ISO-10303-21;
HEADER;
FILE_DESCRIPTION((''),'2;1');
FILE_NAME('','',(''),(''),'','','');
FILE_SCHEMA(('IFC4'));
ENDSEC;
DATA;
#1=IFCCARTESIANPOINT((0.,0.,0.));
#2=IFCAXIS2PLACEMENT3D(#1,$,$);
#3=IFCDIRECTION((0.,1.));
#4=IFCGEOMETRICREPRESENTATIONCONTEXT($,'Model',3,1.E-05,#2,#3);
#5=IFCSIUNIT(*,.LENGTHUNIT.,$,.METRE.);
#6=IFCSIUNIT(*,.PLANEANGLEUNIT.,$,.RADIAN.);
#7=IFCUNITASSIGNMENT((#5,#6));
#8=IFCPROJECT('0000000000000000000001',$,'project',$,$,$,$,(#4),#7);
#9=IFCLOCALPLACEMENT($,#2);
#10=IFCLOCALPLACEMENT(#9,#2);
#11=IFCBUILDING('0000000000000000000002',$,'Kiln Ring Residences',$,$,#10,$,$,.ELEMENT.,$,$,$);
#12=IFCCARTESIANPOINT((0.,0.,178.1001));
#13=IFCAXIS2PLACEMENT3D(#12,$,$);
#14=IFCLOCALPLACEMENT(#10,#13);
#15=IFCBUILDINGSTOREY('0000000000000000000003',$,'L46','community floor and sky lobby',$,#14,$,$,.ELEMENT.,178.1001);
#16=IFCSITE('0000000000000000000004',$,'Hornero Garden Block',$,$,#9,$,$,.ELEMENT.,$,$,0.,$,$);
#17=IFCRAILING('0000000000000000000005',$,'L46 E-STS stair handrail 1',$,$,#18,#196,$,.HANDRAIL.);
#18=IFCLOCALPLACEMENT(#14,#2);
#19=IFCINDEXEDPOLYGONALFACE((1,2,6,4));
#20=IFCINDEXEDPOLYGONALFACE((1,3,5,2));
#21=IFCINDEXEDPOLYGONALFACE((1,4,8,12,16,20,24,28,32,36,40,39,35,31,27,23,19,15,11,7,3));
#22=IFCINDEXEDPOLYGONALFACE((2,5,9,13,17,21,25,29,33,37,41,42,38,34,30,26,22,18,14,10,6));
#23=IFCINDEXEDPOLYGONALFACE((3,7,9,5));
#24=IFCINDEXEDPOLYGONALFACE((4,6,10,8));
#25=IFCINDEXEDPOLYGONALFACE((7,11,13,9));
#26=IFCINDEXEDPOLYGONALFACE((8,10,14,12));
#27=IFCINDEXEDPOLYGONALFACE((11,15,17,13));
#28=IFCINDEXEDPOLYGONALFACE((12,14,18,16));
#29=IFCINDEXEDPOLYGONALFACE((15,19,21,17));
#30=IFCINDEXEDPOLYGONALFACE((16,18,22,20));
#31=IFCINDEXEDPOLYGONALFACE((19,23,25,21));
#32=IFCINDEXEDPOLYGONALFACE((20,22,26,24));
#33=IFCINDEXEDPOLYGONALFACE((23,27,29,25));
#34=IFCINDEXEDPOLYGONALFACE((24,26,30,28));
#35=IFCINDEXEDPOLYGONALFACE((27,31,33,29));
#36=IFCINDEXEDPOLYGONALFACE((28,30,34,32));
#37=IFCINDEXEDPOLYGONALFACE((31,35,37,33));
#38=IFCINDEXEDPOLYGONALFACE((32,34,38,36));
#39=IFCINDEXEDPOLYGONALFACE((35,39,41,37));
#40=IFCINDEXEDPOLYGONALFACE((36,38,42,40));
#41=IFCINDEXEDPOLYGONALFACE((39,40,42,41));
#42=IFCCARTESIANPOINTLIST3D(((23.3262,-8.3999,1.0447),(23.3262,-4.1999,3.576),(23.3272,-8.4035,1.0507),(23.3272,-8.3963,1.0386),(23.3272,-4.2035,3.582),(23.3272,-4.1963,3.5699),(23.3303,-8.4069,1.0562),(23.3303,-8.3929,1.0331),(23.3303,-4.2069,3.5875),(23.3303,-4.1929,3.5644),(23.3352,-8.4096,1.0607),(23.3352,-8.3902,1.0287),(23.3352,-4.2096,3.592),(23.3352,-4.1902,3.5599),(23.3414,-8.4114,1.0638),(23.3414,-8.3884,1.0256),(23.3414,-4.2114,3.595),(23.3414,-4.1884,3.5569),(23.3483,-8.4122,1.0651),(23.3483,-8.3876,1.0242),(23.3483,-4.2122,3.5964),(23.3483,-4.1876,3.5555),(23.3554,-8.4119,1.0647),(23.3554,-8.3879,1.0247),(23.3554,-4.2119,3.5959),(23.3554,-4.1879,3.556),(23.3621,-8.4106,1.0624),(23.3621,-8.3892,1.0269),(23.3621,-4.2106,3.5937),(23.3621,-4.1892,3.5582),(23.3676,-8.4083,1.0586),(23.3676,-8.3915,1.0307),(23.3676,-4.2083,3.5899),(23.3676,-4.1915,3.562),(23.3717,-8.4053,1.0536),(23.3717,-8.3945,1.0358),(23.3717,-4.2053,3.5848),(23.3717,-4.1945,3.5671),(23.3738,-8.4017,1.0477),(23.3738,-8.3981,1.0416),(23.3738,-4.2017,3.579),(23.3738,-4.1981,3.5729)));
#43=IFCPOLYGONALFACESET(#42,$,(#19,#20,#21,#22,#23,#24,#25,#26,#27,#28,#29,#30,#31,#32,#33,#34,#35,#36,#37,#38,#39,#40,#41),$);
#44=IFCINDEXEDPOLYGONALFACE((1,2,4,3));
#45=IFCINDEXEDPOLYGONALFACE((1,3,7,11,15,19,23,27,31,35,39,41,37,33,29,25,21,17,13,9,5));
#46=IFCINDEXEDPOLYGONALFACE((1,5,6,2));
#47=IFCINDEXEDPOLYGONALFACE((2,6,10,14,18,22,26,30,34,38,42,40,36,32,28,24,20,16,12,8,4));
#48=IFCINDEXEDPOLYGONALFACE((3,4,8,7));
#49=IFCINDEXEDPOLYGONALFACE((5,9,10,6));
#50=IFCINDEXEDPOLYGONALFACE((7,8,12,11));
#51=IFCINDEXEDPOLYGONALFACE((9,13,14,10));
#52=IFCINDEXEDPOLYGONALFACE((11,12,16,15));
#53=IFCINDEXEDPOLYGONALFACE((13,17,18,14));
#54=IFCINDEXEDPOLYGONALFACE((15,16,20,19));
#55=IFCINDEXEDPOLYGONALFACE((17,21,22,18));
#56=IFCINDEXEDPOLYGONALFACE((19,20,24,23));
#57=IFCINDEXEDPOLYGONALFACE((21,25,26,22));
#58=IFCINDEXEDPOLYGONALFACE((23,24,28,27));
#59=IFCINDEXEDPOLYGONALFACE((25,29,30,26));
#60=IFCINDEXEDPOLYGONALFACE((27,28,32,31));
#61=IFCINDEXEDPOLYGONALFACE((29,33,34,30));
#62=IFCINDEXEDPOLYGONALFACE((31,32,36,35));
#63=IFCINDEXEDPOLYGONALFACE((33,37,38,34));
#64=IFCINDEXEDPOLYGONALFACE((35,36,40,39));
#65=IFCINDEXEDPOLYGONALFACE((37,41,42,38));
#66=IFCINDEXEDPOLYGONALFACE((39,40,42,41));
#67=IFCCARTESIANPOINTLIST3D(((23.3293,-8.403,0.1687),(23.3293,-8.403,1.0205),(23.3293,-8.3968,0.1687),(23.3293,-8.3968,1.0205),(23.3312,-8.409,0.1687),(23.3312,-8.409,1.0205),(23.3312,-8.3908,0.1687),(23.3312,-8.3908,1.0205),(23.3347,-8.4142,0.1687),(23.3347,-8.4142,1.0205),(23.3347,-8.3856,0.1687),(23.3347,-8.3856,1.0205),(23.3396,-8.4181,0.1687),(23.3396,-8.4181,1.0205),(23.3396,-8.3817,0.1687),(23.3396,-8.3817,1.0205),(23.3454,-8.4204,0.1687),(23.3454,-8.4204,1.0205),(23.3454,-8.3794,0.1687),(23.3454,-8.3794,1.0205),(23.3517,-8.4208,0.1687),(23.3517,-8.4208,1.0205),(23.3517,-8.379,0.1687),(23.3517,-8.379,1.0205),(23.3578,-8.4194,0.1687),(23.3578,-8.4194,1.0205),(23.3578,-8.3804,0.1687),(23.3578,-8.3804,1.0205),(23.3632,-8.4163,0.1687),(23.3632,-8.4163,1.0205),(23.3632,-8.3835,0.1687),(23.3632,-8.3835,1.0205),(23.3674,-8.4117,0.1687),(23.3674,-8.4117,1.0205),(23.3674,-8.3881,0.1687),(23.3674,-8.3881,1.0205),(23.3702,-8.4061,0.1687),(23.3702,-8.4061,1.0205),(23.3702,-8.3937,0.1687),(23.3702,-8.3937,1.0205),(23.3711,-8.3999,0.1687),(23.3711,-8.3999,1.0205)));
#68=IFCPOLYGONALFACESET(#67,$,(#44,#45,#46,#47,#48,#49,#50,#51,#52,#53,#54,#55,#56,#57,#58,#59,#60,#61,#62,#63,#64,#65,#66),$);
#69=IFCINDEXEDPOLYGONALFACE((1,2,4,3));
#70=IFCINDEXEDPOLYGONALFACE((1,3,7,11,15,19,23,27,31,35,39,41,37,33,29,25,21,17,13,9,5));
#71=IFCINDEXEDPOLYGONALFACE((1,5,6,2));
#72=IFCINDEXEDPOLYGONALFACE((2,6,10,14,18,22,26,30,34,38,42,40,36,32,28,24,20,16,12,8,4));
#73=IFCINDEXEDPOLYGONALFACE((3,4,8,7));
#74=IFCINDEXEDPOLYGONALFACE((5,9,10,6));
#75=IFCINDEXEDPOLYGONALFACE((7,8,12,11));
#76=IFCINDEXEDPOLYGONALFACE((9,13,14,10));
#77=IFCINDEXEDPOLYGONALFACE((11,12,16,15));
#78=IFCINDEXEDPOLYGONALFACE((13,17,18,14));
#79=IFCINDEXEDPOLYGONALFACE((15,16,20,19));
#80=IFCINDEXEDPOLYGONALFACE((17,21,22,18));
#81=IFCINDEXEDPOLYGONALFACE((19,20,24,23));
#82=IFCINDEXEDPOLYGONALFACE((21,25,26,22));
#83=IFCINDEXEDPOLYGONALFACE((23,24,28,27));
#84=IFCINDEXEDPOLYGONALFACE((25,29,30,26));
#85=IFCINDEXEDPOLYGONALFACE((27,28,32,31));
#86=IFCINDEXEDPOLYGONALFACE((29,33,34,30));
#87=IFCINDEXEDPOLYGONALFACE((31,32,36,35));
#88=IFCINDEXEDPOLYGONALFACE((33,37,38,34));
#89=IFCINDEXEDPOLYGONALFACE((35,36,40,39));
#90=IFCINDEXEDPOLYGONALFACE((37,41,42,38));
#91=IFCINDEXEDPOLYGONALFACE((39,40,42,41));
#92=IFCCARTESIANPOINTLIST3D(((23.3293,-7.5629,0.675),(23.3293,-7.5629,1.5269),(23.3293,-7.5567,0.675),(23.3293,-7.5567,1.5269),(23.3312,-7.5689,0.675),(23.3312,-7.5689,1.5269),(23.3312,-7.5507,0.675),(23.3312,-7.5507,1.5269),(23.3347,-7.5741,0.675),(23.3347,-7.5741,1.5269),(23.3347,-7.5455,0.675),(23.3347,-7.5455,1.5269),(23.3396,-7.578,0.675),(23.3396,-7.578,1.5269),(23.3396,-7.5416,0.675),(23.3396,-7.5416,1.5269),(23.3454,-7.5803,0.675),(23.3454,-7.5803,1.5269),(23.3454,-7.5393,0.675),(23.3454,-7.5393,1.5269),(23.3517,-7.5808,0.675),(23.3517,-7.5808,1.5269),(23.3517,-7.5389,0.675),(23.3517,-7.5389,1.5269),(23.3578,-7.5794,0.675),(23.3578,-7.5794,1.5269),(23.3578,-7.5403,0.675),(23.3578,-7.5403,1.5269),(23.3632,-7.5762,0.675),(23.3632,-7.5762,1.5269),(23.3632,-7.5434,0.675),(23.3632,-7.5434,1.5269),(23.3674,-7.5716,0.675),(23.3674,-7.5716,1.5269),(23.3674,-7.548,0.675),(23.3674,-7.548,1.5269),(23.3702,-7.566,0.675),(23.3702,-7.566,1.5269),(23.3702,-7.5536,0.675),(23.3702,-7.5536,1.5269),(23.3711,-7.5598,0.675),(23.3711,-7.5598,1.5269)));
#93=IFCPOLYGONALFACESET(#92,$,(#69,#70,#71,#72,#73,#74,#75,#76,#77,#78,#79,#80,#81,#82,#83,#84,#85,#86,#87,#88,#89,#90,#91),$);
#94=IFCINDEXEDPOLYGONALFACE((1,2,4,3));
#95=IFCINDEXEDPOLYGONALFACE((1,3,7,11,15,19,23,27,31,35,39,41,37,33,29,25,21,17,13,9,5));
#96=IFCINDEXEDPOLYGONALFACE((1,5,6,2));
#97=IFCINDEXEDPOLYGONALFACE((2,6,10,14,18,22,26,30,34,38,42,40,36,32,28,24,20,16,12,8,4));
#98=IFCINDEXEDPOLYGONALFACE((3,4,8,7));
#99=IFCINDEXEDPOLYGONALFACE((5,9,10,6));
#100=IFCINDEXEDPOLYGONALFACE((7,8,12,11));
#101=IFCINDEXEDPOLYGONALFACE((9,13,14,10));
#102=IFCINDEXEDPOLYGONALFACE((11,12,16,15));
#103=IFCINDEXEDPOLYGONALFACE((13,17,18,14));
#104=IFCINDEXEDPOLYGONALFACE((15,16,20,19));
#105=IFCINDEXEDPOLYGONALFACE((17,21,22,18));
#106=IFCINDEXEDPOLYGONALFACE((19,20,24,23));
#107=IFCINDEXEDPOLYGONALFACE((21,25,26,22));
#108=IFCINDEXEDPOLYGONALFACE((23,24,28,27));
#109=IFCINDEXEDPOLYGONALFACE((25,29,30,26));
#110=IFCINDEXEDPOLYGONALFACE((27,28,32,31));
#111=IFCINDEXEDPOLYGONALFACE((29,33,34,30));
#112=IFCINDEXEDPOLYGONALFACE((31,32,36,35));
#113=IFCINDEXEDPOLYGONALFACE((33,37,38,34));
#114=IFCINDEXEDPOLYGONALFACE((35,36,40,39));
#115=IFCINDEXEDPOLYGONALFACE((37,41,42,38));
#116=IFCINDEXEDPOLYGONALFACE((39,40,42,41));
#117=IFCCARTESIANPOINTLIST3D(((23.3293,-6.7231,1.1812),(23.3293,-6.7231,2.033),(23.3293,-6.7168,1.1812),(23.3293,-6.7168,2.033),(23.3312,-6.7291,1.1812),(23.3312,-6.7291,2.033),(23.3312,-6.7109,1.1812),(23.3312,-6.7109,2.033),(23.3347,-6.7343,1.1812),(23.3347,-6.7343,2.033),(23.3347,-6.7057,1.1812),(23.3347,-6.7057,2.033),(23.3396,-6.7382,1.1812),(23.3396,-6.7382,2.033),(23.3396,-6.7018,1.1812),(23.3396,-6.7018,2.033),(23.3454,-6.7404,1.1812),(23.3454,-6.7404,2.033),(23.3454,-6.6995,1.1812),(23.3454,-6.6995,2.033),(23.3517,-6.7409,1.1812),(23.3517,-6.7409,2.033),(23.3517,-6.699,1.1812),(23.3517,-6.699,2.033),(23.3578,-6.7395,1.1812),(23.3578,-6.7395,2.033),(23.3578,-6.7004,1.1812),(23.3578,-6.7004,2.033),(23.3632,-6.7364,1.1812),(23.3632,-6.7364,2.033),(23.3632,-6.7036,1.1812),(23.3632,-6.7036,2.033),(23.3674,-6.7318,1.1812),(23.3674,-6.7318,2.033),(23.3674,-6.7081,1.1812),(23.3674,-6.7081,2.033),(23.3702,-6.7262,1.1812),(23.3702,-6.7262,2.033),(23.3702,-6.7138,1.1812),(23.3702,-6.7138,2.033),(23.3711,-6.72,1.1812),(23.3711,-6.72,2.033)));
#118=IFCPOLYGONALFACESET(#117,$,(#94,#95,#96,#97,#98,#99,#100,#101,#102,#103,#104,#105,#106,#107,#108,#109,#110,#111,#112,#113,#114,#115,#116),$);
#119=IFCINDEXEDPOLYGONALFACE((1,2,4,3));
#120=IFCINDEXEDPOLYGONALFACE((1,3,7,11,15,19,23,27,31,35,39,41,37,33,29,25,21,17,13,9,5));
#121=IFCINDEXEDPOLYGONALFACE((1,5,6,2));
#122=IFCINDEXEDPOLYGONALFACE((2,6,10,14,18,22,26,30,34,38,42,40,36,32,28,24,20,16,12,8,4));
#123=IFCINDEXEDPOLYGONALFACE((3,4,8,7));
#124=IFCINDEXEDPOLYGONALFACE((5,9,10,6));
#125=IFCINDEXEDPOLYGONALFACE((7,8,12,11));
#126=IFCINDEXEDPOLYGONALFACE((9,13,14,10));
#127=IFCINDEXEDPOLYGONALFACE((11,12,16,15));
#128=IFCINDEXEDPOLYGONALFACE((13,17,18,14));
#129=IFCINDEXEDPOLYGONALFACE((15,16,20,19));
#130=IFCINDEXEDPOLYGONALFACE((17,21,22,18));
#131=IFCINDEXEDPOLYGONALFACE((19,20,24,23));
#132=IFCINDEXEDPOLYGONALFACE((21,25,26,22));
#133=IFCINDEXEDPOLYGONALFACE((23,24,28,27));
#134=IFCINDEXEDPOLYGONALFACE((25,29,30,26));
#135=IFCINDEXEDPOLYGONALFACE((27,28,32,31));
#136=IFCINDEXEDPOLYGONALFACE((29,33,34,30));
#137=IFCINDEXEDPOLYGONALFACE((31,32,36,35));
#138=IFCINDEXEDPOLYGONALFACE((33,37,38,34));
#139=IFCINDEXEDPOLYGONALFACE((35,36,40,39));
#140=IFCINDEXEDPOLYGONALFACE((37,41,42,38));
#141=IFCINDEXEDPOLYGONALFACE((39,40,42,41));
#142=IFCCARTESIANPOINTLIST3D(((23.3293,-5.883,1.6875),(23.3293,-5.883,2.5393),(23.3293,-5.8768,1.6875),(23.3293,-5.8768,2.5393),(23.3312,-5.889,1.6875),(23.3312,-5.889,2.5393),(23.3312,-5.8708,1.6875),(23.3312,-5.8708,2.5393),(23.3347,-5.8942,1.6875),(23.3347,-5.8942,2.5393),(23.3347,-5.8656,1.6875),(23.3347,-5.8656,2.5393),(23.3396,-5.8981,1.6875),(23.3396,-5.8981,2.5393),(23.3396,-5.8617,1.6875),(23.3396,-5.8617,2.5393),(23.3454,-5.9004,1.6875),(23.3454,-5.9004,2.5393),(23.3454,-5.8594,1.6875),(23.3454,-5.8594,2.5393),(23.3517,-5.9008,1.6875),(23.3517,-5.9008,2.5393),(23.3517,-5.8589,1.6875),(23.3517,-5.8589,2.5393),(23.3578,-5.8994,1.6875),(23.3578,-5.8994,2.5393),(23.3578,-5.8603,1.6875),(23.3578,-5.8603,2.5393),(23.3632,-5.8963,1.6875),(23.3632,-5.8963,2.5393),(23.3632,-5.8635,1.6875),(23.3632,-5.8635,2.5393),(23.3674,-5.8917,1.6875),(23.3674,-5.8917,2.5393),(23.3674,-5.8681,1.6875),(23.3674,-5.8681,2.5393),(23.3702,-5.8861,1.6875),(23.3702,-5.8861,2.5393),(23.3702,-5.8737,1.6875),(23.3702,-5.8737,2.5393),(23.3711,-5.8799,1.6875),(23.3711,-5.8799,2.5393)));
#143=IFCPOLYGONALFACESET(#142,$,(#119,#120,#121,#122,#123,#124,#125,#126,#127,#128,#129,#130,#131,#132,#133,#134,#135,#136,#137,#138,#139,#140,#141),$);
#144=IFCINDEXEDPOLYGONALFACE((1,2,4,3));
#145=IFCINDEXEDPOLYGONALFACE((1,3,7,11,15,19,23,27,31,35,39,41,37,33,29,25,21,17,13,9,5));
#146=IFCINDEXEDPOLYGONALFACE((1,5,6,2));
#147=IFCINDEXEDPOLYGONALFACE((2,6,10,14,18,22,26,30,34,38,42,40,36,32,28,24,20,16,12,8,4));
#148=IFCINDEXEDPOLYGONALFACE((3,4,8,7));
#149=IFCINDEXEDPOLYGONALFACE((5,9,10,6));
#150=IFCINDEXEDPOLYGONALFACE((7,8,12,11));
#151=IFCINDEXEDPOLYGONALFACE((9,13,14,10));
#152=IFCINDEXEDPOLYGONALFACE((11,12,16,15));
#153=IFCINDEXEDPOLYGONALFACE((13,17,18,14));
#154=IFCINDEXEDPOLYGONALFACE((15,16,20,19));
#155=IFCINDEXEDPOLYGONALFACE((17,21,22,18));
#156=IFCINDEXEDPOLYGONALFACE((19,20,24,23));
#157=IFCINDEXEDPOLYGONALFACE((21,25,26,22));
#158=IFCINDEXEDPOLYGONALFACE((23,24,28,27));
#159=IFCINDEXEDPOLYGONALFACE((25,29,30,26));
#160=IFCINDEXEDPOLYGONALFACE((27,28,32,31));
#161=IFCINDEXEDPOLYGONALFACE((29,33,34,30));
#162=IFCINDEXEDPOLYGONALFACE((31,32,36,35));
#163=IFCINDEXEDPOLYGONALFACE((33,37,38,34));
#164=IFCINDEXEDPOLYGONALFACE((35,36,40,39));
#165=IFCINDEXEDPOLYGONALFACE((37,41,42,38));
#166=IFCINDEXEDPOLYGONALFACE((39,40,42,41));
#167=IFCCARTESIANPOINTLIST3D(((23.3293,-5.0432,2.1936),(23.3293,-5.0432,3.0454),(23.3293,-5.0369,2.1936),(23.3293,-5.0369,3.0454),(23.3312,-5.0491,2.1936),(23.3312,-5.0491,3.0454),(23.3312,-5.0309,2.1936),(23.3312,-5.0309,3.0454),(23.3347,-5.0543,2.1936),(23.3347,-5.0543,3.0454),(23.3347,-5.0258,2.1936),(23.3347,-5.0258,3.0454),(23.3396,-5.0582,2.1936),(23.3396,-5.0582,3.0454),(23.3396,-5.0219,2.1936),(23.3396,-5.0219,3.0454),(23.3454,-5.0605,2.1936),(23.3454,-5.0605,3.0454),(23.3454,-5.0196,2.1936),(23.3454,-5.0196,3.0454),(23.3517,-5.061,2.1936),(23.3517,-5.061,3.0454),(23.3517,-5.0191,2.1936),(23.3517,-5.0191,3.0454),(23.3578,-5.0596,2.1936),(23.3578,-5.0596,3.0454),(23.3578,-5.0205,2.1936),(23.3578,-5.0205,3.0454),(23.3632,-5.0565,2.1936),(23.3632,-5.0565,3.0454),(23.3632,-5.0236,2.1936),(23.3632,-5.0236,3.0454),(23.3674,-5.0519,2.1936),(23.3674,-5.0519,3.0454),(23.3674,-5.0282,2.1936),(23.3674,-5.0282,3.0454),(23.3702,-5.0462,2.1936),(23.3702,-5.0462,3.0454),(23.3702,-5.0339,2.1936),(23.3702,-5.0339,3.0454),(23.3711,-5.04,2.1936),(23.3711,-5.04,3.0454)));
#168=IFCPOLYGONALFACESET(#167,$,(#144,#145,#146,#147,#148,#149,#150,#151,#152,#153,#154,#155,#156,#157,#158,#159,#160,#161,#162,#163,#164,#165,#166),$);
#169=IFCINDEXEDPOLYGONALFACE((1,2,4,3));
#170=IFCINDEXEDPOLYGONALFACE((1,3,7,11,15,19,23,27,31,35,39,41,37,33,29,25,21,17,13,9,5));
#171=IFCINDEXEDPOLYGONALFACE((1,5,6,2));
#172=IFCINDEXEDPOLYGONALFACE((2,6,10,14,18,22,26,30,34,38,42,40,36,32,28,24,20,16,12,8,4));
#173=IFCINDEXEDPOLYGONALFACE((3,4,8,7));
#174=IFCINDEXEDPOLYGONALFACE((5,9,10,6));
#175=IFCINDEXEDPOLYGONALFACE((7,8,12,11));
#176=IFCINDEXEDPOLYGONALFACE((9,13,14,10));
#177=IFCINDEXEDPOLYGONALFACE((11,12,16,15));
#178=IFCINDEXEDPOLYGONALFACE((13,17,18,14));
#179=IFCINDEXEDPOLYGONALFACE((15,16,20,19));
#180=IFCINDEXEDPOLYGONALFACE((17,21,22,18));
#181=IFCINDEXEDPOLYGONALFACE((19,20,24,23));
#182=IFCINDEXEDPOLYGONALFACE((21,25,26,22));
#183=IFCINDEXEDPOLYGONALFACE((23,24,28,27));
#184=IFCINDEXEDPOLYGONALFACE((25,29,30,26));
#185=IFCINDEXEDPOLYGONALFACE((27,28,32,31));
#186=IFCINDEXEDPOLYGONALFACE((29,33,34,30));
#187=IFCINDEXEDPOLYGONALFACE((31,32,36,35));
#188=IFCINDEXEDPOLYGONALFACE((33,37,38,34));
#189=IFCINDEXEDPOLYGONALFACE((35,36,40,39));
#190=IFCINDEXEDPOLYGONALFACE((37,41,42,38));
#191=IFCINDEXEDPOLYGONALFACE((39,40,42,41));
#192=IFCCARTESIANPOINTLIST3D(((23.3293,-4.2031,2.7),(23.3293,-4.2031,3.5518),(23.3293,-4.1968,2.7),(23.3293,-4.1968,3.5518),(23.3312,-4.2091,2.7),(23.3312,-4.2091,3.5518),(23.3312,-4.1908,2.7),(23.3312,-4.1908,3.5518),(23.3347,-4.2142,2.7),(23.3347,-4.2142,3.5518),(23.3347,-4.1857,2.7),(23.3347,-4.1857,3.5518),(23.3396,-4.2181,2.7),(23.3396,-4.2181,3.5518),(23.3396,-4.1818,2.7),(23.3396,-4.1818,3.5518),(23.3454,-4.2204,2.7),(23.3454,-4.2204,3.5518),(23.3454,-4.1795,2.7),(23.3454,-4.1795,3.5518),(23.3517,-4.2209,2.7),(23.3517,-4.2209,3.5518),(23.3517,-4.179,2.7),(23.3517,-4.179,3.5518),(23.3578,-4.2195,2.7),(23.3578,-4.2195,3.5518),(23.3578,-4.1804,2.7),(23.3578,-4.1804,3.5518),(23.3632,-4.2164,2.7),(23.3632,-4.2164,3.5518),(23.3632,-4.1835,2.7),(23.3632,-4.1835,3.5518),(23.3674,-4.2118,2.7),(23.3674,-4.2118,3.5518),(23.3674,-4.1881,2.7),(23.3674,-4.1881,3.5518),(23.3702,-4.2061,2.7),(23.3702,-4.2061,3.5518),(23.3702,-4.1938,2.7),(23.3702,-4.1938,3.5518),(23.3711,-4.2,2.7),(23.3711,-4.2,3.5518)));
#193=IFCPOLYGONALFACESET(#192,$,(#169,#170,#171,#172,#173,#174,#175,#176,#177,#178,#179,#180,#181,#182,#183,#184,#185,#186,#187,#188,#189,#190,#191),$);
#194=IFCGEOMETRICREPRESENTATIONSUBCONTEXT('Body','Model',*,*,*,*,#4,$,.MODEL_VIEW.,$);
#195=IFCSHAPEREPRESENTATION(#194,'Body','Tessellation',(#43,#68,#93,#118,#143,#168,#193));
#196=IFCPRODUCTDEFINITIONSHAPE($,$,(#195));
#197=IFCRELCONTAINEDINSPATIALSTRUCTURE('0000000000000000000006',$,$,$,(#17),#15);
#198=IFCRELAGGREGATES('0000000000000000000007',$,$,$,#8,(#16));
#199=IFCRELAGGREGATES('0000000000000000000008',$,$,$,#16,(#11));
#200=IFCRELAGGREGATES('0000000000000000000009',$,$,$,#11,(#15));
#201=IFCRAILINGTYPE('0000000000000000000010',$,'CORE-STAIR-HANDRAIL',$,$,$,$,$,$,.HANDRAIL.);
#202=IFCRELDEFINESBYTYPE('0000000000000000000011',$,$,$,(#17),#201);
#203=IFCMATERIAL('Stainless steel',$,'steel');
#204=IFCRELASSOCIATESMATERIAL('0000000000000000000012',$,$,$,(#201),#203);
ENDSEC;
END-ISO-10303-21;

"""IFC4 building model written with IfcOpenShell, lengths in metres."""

from ifc_helpers import new_model, si_unit, direction, frame, origin, origin_2d, place, context, subcontext, project, spatial, circle, extrude, material, type_object, element, save


model = new_model("IFC4")

# Units and contexts
model_context = context("Model", 3, precision=1e-05, world=origin(), true_north=direction((0.0, 1.0)))
body_context = subcontext(model_context, "Body", "Model", "MODEL_VIEW")
ifc_project = project(units=[si_unit("LENGTHUNIT", "METRE"), si_unit("PLANEANGLEUNIT", "RADIAN")], contexts=[model_context])

# Site, building, storey
site_placement = place(None, origin())
site = spatial("IfcSite", under=ifc_project, at=site_placement, Name="Hornero Garden Block", CompositionType="ELEMENT", RefElevation=0.0)
building_placement = place(site_placement, origin())
building = spatial("IfcBuilding", under=site, at=building_placement, Name="Kiln Ring Residences", CompositionType="ELEMENT")
storey_placement = place(building_placement, frame((0.0, 0.0, 178.1001)))
storey = spatial("IfcBuildingStorey", under=building, at=storey_placement, Name="L46", Description="community floor and sky lobby", CompositionType="ELEMENT", Elevation=178.1001)

# Railing
ifc_material_1 = material(Name="Stainless steel", Category="steel")
railing_type_1 = type_object("IfcRailingType", Name="CORE-STAIR-HANDRAIL", PredefinedType="HANDRAIL", material=ifc_material_1)
railing_1_placement = place(storey_placement, frame((23.3501, -8.3999, 0.1687)))
element("IfcRailing", 1, at=railing_1_placement, inside=storey, type_object=railing_type_1, Name="L46 E-STS stair handrail 1", PredefinedType="HANDRAIL", context=body_context, shape_type="SweptSolid", body=[
    extrude(circle(Radius=0.0239, at=origin_2d()), frame((0.0, 0.0, 0.876), z_axis=(0.0, 0.856476, 0.516186), x_axis=(-1.0, 0.0, 0.0)), (0.0, 0.0, 1.0), 4.9038),
    extrude(circle(Radius=0.021, at=origin_2d()), origin(), (0.0, 0.0, 1.0), 0.8518),
    extrude(circle(Radius=0.021, at=origin_2d()), frame((0.0, 0.8401, 0.5063)), (0.0, 0.0, 1.0), 0.8518),
    extrude(circle(Radius=0.021, at=origin_2d()), frame((0.0, 1.6799, 1.0125)), (0.0, 0.0, 1.0), 0.8518),
    extrude(circle(Radius=0.021, at=origin_2d()), frame((0.0, 2.52, 1.5188)), (0.0, 0.0, 1.0), 0.8518),
    extrude(circle(Radius=0.021, at=origin_2d()), frame((0.0, 3.3599, 2.0249)), (0.0, 0.0, 1.0), 0.8518),
    extrude(circle(Radius=0.021, at=origin_2d()), frame((0.0, 4.2, 2.5312)), (0.0, 0.0, 1.0), 0.8518),
])

save(model, "model.ifc")
